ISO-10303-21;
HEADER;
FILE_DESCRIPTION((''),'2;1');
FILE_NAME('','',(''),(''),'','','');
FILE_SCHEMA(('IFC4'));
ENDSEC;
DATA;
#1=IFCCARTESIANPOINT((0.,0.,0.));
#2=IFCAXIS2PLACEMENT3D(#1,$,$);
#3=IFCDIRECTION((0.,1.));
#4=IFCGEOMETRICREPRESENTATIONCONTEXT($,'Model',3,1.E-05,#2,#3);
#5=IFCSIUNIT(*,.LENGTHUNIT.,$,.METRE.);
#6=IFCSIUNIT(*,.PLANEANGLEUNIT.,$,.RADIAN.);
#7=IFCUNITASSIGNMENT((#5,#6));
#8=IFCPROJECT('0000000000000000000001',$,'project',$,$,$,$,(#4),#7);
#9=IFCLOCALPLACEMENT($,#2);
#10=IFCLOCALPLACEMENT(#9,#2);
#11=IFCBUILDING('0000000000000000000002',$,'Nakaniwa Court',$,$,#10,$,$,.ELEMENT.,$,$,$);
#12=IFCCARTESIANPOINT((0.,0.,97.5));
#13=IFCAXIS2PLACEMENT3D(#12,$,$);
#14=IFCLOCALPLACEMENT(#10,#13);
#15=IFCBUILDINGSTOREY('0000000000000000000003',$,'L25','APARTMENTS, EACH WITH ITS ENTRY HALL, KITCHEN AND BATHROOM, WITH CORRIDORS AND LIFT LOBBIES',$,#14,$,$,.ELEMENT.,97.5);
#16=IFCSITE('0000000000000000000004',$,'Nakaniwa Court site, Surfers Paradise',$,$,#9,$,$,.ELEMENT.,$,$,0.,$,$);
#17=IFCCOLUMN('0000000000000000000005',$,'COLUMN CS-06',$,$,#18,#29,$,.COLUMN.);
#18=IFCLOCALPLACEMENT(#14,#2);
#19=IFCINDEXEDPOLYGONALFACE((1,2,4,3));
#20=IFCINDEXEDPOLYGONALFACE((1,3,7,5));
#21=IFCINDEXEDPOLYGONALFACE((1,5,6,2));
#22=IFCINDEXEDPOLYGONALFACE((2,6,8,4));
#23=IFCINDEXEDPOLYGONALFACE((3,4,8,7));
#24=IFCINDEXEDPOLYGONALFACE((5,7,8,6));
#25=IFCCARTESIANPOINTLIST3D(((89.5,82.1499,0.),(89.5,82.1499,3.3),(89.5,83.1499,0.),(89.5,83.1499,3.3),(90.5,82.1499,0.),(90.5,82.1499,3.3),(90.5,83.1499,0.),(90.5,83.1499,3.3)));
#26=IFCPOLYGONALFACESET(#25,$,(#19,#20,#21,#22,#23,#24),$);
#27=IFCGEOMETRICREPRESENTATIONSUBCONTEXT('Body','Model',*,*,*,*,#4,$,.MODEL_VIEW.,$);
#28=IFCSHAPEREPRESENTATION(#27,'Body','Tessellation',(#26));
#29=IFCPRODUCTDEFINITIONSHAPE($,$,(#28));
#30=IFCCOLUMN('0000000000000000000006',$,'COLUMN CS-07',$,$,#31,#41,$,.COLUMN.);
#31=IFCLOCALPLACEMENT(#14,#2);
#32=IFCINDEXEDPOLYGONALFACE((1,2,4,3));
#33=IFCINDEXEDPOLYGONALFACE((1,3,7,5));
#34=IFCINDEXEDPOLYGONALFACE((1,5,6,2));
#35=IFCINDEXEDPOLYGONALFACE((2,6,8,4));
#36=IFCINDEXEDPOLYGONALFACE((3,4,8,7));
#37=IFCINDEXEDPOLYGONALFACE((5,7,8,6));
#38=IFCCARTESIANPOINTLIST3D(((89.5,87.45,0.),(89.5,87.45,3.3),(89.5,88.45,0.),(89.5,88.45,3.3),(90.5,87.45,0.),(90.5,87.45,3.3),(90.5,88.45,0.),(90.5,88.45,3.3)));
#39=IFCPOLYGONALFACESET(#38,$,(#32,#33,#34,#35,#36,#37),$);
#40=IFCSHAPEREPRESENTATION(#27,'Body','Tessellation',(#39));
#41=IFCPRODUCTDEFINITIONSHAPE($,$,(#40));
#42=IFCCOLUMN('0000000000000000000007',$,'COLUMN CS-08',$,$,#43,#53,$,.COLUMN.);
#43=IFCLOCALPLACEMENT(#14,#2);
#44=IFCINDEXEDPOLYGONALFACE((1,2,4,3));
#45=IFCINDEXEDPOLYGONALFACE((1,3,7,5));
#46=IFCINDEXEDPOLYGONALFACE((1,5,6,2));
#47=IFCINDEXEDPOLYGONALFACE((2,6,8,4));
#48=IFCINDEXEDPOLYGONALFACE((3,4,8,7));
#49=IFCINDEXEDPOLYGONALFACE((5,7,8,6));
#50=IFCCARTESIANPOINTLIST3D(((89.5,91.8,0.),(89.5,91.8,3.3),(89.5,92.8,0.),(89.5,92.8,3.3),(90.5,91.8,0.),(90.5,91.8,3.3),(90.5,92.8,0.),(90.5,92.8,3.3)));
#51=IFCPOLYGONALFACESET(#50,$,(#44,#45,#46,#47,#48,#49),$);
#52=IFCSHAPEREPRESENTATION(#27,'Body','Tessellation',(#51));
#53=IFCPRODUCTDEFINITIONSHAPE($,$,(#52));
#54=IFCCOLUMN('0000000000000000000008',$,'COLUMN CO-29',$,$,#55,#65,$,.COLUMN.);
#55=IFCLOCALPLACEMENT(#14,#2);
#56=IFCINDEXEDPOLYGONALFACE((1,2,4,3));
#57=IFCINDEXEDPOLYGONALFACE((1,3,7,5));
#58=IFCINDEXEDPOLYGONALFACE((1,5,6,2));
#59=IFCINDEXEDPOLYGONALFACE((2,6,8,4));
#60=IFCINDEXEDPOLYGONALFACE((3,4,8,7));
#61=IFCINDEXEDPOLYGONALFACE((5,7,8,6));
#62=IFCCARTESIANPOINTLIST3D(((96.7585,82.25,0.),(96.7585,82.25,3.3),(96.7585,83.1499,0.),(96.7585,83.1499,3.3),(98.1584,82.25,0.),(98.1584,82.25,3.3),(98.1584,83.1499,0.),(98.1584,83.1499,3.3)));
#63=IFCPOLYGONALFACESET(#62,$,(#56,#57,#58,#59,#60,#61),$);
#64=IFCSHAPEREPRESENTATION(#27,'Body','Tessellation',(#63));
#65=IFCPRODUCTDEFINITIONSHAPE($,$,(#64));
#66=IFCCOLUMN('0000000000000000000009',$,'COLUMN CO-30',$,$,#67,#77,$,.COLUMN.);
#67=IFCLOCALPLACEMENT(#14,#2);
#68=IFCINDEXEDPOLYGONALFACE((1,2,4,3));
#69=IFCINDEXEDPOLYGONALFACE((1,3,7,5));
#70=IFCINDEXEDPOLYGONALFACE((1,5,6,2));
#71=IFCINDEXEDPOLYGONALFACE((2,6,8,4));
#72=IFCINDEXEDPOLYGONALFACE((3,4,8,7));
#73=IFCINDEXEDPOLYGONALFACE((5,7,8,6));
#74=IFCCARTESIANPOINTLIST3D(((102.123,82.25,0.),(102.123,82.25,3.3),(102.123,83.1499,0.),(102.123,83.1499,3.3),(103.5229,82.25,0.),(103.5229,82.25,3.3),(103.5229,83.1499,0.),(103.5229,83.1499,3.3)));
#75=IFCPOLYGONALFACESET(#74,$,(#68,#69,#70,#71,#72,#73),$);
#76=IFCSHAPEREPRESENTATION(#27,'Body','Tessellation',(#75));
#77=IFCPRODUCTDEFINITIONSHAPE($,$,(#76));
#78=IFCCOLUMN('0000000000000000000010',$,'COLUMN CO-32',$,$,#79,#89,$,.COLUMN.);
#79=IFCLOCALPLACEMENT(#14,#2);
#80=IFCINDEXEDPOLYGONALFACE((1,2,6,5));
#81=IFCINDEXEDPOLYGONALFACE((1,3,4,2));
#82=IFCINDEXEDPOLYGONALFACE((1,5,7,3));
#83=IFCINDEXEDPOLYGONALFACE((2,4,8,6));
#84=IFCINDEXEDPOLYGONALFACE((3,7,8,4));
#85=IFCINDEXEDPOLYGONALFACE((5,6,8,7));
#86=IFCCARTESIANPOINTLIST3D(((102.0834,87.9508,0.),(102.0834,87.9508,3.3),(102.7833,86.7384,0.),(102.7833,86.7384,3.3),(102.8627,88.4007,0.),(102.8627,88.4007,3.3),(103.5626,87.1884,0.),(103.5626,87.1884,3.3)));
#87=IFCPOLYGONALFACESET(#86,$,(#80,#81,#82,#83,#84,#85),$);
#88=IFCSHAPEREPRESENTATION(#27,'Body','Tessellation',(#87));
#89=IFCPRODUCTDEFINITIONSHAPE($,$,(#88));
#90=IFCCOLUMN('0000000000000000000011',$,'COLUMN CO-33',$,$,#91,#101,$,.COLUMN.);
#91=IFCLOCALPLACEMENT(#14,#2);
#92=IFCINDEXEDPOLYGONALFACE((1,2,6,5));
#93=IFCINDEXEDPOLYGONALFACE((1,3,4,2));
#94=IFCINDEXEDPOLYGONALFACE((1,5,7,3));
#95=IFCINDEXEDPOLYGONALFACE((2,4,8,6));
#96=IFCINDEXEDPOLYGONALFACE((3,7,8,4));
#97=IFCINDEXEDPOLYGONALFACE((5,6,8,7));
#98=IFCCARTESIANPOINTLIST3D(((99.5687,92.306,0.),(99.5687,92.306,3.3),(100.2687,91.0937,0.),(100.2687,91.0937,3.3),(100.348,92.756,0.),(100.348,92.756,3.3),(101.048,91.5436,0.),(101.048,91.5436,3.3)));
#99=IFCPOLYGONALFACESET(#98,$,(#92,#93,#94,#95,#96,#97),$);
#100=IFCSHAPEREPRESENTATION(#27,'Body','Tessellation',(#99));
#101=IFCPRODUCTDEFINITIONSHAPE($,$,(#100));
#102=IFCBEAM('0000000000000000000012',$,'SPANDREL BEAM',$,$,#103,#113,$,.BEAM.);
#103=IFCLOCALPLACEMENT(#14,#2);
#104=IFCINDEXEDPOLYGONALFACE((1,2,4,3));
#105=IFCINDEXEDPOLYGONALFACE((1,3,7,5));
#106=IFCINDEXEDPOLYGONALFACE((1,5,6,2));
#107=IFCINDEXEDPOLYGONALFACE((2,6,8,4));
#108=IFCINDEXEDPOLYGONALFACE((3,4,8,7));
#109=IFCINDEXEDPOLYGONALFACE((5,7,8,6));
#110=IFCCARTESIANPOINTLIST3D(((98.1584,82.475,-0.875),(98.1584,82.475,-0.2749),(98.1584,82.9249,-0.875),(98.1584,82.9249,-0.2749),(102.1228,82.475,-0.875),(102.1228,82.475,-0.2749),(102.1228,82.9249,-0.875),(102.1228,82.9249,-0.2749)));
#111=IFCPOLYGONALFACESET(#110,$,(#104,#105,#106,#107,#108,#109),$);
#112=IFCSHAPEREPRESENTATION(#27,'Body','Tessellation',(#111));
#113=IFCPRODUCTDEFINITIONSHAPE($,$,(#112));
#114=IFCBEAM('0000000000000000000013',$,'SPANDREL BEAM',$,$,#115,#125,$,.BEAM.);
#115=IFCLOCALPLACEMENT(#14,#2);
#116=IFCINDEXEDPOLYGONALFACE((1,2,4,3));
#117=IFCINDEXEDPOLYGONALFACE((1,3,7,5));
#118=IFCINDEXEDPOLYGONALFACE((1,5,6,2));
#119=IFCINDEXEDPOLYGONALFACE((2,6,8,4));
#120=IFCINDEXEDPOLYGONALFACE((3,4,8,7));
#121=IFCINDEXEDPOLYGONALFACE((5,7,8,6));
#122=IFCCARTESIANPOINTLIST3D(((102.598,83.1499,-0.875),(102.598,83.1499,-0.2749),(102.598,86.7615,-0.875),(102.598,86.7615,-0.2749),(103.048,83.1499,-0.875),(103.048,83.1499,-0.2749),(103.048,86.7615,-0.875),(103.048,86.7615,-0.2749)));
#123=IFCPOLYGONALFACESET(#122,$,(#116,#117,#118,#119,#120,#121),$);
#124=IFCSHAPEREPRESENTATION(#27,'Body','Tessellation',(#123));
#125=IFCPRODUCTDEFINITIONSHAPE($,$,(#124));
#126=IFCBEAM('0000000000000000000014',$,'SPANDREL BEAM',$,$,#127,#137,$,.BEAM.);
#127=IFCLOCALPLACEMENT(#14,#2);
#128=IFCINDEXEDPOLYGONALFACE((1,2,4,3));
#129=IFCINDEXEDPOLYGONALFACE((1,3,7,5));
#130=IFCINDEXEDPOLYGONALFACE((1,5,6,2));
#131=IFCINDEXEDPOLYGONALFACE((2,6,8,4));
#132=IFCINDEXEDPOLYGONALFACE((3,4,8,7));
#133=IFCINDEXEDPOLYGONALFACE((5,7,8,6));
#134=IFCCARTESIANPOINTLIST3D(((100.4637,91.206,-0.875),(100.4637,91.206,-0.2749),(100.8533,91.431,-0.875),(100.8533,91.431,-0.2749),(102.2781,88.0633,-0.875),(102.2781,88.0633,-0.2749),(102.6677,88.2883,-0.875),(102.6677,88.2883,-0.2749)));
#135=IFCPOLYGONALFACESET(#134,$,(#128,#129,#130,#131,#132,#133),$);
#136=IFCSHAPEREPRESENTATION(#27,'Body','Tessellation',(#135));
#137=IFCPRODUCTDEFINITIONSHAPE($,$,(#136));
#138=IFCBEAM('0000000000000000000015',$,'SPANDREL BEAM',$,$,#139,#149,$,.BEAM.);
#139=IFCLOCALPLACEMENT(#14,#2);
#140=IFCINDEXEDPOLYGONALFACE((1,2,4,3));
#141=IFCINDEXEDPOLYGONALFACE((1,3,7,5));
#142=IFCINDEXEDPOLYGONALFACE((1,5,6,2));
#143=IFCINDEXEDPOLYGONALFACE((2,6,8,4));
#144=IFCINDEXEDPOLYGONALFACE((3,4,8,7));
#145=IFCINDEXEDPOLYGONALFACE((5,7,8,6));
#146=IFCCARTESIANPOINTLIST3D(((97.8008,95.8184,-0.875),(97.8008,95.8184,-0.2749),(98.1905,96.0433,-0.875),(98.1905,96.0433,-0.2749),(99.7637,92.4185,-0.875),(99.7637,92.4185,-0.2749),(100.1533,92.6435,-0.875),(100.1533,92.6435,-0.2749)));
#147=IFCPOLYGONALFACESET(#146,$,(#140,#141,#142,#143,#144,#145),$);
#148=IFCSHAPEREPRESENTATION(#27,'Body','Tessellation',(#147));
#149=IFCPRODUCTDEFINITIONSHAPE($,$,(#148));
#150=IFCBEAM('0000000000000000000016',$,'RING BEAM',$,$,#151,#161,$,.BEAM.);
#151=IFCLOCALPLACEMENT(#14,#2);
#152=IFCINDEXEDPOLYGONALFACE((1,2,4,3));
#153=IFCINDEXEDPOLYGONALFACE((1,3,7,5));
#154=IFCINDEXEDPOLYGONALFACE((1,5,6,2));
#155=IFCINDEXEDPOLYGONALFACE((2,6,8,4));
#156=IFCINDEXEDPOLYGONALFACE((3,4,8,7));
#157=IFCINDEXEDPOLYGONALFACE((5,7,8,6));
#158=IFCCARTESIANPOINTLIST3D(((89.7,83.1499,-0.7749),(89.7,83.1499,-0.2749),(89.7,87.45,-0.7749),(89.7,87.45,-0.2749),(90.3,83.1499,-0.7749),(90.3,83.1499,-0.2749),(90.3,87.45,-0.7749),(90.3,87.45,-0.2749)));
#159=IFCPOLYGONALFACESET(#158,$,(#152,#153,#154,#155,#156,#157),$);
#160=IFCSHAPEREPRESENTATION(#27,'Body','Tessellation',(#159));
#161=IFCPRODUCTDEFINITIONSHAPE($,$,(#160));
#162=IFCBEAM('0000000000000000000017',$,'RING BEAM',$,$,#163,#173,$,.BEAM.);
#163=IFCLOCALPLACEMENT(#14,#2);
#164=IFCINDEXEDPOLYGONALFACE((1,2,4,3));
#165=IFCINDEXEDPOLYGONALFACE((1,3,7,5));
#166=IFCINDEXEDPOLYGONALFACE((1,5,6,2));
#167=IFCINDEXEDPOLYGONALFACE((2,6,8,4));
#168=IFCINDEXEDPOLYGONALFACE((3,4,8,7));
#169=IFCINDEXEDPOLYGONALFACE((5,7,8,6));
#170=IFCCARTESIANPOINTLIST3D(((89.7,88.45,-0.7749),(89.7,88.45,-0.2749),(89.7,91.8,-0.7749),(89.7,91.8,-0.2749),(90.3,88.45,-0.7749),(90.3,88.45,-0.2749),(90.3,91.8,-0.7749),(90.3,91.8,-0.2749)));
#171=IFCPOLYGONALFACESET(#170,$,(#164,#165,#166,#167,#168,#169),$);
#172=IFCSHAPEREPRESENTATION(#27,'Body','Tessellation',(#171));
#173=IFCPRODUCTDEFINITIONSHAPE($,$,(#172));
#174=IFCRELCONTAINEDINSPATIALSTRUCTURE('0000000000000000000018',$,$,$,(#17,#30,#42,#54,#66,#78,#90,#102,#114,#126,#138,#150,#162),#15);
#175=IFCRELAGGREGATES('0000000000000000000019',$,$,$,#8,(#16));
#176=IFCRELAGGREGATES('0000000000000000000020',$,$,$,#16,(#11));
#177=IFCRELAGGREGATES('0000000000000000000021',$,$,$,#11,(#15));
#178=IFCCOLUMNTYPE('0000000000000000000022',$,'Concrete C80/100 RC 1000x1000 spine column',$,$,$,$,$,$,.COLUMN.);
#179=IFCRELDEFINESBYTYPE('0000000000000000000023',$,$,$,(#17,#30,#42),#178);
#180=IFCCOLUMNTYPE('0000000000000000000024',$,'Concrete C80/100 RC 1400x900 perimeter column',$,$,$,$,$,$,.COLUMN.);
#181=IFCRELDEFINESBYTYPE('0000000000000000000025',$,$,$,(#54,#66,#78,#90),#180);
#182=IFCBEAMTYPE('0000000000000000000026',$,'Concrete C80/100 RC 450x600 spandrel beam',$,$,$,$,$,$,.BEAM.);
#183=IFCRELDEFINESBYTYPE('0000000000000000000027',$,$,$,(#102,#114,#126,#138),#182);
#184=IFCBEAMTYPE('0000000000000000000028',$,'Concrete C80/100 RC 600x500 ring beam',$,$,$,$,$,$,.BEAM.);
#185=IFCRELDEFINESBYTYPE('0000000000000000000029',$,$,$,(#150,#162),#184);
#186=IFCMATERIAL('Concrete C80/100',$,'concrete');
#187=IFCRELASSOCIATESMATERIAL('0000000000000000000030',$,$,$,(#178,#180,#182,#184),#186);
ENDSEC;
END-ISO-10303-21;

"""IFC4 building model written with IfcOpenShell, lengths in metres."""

from ifc_helpers import new_model, si_unit, direction, frame, origin, origin_2d, place, context, subcontext, project, spatial, rectangle, extrude, material, material_profile, profile_set, type_object, element, save


model = new_model("IFC4")

# Units and contexts
model_context = context("Model", 3, precision=1e-05, world=origin(), true_north=direction((0.0, 1.0)))
body_context = subcontext(model_context, "Body", "Model", "MODEL_VIEW")
ifc_project = project(units=[si_unit("LENGTHUNIT", "METRE"), si_unit("PLANEANGLEUNIT", "RADIAN")], contexts=[model_context])

# Site, building, storey
site_placement = place(None, origin())
site = spatial("IfcSite", under=ifc_project, at=site_placement, Name="Nakaniwa Court site, Surfers Paradise", CompositionType="ELEMENT", RefElevation=0.0)
building_placement = place(site_placement, origin())
building = spatial("IfcBuilding", under=site, at=building_placement, Name="Nakaniwa Court", CompositionType="ELEMENT")
storey_placement = place(building_placement, frame((0.0, 0.0, 97.5)))
storey = spatial("IfcBuildingStorey", under=building, at=storey_placement, Name="L25", Description="APARTMENTS, EACH WITH ITS ENTRY HALL, KITCHEN AND BATHROOM, WITH CORRIDORS AND LIFT LOBBIES", CompositionType="ELEMENT", Elevation=97.5)

# Columns
ifc_material_1 = material(Name="Concrete C80/100", Category="concrete")
ifc_material_profile_1 = material_profile(ifc_material_1, rectangle(XDim=1.0, YDim=1.0, at=origin_2d()), Name="Concrete C80/100 RC 1000x1000 spine column")
ifc_profile_set_1 = profile_set([ifc_material_profile_1], Name="Concrete C80/100")
column_type_1 = type_object("IfcColumnType", Name="Concrete C80/100 RC 1000x1000 spine column", PredefinedType="COLUMN", material=ifc_profile_set_1)
for number, where, z_axis, x_axis, name in (
    (1, (90.0, 82.6499, 0.0), (0.0, 0.0, 1.0), (0.0, 1.0, 0.0), "COLUMN CS-06"),
    (2, (90.0, 87.95, 0.0), (0.0, 0.0, 1.0), (0.0, 1.0, 0.0), "COLUMN CS-07"),
    (3, (90.0, 92.3, 0.0), (0.0, 0.0, 1.0), (0.0, 1.0, 0.0), "COLUMN CS-08"),
):
    element("IfcColumn", number, at=place(storey_placement, frame(where, z_axis=z_axis, x_axis=x_axis)), inside=storey, type_object=column_type_1, Name=name, PredefinedType="COLUMN", context=body_context, shape_type="SweptSolid", body=[
        extrude(rectangle(XDim=1.0, YDim=1.0, at=origin_2d()), origin(), (0.0, 0.0, 1.0), 3.3),
    ])
ifc_material_profile_2 = material_profile(ifc_material_1, rectangle(XDim=1.3999, YDim=0.8999, at=origin_2d()), Name="Concrete C80/100 RC 1400x900 perimeter column")
ifc_profile_set_2 = profile_set([ifc_material_profile_2], Name="Concrete C80/100")
column_type_2 = type_object("IfcColumnType", Name="Concrete C80/100 RC 1400x900 perimeter column", PredefinedType="COLUMN", material=ifc_profile_set_2)
for number, where, z_axis, x_axis, name in (
    (4, (97.4585, 82.7, 0.0), (0.0, 0.0, 1.0), (1.0, 0.0, 0.0), "COLUMN CO-29"),
    (5, (102.823, 82.7, 0.0), (0.0, 0.0, 1.0), (1.0, 0.0, 0.0), "COLUMN CO-30"),
    (6, (102.823, 87.5696, 0.0), (0.0, 0.0, 1.0), (-0.5, 0.866025, 0.0), "COLUMN CO-32"),
    (7, (100.3083, 91.9248, 0.0), (0.0, 0.0, 1.0), (-0.5, 0.866025, 0.0), "COLUMN CO-33"),
):
    element("IfcColumn", number, at=place(storey_placement, frame(where, z_axis=z_axis, x_axis=x_axis)), inside=storey, type_object=column_type_2, Name=name, PredefinedType="COLUMN", context=body_context, shape_type="SweptSolid", body=[
        extrude(rectangle(XDim=1.3999, YDim=0.8999, at=origin_2d()), origin(), (0.0, 0.0, 1.0), 3.3),
    ])

# Beams
ifc_material_profile_3 = material_profile(ifc_material_1, rectangle(XDim=0.45, YDim=0.6001, at=origin_2d()), Name="Concrete C80/100 RC 450x600 spandrel beam")
ifc_profile_set_3 = profile_set([ifc_material_profile_3], Name="Concrete C80/100")
beam_type_1 = type_object("IfcBeamType", Name="Concrete C80/100 RC 450x600 spandrel beam", PredefinedType="BEAM", material=ifc_profile_set_3)
beam_1_placement = place(storey_placement, frame((98.1584, 82.7, -0.575), z_axis=(1.0, 0.0, 0.0), x_axis=(0.0, 1.0, 0.0)))
element("IfcBeam", 8, at=beam_1_placement, inside=storey, type_object=beam_type_1, Name="SPANDREL BEAM", PredefinedType="BEAM", context=body_context, shape_type="SweptSolid", body=[
    extrude(rectangle(XDim=0.45, YDim=0.6001, at=origin_2d()), origin(), (0.0, 0.0, 1.0), 3.9644),
])
beam_2_placement = place(storey_placement, frame((102.823, 83.1499, -0.575), z_axis=(0.0, 1.0, 0.0), x_axis=(-1.0, 0.0, 0.0)))
element("IfcBeam", 9, at=beam_2_placement, inside=storey, type_object=beam_type_1, Name="SPANDREL BEAM", PredefinedType="BEAM", context=body_context, shape_type="SweptSolid", body=[
    extrude(rectangle(XDim=0.45, YDim=0.6001, at=origin_2d()), origin(), (0.0, 0.0, 1.0), 3.6116),
])
beam_3_placement = place(storey_placement, frame((102.4729, 88.1758, -0.575), z_axis=(-0.499988, 0.866032, 0.0), x_axis=(-0.866032, -0.499988, 0.0)))
element("IfcBeam", 10, at=beam_3_placement, inside=storey, type_object=beam_type_1, Name="SPANDREL BEAM", PredefinedType="BEAM", context=body_context, shape_type="SweptSolid", body=[
    extrude(rectangle(XDim=0.45, YDim=0.6001, at=origin_2d()), origin(), (0.0, 0.0, 1.0), 3.6289),
])
beam_4_placement = place(storey_placement, frame((99.9585, 92.531, -0.575), z_axis=(-0.499992, 0.86603, 0.0), x_axis=(-0.86603, -0.499992, 0.0)))
element("IfcBeam", 11, at=beam_4_placement, inside=storey, type_object=beam_type_1, Name="SPANDREL BEAM", PredefinedType="BEAM", context=body_context, shape_type="SweptSolid", body=[
    extrude(rectangle(XDim=0.45, YDim=0.6001, at=origin_2d()), origin(), (0.0, 0.0, 1.0), 3.9258),
])
ifc_material_profile_4 = material_profile(ifc_material_1, rectangle(XDim=0.6001, YDim=0.5, at=origin_2d()), Name="Concrete C80/100 RC 600x500 ring beam")
ifc_profile_set_4 = profile_set([ifc_material_profile_4], Name="Concrete C80/100")
beam_type_2 = type_object("IfcBeamType", Name="Concrete C80/100 RC 600x500 ring beam", PredefinedType="BEAM", material=ifc_profile_set_4)
beam_5_placement = place(storey_placement, frame((90.0, 83.1499, -0.5249), z_axis=(0.0, 1.0, 0.0), x_axis=(-1.0, 0.0, 0.0)))
element("IfcBeam", 12, at=beam_5_placement, inside=storey, type_object=beam_type_2, Name="RING BEAM", PredefinedType="BEAM", context=body_context, shape_type="SweptSolid", body=[
    extrude(rectangle(XDim=0.6001, YDim=0.5, at=origin_2d()), origin(), (0.0, 0.0, 1.0), 4.3),
])
beam_6_placement = place(storey_placement, frame((90.0, 88.45, -0.5249), z_axis=(0.0, 1.0, 0.0), x_axis=(-1.0, 0.0, 0.0)))
element("IfcBeam", 13, at=beam_6_placement, inside=storey, type_object=beam_type_2, Name="RING BEAM", PredefinedType="BEAM", context=body_context, shape_type="SweptSolid", body=[
    extrude(rectangle(XDim=0.6001, YDim=0.5, at=origin_2d()), origin(), (0.0, 0.0, 1.0), 3.3501),
])

save(model, "model.ifc")
